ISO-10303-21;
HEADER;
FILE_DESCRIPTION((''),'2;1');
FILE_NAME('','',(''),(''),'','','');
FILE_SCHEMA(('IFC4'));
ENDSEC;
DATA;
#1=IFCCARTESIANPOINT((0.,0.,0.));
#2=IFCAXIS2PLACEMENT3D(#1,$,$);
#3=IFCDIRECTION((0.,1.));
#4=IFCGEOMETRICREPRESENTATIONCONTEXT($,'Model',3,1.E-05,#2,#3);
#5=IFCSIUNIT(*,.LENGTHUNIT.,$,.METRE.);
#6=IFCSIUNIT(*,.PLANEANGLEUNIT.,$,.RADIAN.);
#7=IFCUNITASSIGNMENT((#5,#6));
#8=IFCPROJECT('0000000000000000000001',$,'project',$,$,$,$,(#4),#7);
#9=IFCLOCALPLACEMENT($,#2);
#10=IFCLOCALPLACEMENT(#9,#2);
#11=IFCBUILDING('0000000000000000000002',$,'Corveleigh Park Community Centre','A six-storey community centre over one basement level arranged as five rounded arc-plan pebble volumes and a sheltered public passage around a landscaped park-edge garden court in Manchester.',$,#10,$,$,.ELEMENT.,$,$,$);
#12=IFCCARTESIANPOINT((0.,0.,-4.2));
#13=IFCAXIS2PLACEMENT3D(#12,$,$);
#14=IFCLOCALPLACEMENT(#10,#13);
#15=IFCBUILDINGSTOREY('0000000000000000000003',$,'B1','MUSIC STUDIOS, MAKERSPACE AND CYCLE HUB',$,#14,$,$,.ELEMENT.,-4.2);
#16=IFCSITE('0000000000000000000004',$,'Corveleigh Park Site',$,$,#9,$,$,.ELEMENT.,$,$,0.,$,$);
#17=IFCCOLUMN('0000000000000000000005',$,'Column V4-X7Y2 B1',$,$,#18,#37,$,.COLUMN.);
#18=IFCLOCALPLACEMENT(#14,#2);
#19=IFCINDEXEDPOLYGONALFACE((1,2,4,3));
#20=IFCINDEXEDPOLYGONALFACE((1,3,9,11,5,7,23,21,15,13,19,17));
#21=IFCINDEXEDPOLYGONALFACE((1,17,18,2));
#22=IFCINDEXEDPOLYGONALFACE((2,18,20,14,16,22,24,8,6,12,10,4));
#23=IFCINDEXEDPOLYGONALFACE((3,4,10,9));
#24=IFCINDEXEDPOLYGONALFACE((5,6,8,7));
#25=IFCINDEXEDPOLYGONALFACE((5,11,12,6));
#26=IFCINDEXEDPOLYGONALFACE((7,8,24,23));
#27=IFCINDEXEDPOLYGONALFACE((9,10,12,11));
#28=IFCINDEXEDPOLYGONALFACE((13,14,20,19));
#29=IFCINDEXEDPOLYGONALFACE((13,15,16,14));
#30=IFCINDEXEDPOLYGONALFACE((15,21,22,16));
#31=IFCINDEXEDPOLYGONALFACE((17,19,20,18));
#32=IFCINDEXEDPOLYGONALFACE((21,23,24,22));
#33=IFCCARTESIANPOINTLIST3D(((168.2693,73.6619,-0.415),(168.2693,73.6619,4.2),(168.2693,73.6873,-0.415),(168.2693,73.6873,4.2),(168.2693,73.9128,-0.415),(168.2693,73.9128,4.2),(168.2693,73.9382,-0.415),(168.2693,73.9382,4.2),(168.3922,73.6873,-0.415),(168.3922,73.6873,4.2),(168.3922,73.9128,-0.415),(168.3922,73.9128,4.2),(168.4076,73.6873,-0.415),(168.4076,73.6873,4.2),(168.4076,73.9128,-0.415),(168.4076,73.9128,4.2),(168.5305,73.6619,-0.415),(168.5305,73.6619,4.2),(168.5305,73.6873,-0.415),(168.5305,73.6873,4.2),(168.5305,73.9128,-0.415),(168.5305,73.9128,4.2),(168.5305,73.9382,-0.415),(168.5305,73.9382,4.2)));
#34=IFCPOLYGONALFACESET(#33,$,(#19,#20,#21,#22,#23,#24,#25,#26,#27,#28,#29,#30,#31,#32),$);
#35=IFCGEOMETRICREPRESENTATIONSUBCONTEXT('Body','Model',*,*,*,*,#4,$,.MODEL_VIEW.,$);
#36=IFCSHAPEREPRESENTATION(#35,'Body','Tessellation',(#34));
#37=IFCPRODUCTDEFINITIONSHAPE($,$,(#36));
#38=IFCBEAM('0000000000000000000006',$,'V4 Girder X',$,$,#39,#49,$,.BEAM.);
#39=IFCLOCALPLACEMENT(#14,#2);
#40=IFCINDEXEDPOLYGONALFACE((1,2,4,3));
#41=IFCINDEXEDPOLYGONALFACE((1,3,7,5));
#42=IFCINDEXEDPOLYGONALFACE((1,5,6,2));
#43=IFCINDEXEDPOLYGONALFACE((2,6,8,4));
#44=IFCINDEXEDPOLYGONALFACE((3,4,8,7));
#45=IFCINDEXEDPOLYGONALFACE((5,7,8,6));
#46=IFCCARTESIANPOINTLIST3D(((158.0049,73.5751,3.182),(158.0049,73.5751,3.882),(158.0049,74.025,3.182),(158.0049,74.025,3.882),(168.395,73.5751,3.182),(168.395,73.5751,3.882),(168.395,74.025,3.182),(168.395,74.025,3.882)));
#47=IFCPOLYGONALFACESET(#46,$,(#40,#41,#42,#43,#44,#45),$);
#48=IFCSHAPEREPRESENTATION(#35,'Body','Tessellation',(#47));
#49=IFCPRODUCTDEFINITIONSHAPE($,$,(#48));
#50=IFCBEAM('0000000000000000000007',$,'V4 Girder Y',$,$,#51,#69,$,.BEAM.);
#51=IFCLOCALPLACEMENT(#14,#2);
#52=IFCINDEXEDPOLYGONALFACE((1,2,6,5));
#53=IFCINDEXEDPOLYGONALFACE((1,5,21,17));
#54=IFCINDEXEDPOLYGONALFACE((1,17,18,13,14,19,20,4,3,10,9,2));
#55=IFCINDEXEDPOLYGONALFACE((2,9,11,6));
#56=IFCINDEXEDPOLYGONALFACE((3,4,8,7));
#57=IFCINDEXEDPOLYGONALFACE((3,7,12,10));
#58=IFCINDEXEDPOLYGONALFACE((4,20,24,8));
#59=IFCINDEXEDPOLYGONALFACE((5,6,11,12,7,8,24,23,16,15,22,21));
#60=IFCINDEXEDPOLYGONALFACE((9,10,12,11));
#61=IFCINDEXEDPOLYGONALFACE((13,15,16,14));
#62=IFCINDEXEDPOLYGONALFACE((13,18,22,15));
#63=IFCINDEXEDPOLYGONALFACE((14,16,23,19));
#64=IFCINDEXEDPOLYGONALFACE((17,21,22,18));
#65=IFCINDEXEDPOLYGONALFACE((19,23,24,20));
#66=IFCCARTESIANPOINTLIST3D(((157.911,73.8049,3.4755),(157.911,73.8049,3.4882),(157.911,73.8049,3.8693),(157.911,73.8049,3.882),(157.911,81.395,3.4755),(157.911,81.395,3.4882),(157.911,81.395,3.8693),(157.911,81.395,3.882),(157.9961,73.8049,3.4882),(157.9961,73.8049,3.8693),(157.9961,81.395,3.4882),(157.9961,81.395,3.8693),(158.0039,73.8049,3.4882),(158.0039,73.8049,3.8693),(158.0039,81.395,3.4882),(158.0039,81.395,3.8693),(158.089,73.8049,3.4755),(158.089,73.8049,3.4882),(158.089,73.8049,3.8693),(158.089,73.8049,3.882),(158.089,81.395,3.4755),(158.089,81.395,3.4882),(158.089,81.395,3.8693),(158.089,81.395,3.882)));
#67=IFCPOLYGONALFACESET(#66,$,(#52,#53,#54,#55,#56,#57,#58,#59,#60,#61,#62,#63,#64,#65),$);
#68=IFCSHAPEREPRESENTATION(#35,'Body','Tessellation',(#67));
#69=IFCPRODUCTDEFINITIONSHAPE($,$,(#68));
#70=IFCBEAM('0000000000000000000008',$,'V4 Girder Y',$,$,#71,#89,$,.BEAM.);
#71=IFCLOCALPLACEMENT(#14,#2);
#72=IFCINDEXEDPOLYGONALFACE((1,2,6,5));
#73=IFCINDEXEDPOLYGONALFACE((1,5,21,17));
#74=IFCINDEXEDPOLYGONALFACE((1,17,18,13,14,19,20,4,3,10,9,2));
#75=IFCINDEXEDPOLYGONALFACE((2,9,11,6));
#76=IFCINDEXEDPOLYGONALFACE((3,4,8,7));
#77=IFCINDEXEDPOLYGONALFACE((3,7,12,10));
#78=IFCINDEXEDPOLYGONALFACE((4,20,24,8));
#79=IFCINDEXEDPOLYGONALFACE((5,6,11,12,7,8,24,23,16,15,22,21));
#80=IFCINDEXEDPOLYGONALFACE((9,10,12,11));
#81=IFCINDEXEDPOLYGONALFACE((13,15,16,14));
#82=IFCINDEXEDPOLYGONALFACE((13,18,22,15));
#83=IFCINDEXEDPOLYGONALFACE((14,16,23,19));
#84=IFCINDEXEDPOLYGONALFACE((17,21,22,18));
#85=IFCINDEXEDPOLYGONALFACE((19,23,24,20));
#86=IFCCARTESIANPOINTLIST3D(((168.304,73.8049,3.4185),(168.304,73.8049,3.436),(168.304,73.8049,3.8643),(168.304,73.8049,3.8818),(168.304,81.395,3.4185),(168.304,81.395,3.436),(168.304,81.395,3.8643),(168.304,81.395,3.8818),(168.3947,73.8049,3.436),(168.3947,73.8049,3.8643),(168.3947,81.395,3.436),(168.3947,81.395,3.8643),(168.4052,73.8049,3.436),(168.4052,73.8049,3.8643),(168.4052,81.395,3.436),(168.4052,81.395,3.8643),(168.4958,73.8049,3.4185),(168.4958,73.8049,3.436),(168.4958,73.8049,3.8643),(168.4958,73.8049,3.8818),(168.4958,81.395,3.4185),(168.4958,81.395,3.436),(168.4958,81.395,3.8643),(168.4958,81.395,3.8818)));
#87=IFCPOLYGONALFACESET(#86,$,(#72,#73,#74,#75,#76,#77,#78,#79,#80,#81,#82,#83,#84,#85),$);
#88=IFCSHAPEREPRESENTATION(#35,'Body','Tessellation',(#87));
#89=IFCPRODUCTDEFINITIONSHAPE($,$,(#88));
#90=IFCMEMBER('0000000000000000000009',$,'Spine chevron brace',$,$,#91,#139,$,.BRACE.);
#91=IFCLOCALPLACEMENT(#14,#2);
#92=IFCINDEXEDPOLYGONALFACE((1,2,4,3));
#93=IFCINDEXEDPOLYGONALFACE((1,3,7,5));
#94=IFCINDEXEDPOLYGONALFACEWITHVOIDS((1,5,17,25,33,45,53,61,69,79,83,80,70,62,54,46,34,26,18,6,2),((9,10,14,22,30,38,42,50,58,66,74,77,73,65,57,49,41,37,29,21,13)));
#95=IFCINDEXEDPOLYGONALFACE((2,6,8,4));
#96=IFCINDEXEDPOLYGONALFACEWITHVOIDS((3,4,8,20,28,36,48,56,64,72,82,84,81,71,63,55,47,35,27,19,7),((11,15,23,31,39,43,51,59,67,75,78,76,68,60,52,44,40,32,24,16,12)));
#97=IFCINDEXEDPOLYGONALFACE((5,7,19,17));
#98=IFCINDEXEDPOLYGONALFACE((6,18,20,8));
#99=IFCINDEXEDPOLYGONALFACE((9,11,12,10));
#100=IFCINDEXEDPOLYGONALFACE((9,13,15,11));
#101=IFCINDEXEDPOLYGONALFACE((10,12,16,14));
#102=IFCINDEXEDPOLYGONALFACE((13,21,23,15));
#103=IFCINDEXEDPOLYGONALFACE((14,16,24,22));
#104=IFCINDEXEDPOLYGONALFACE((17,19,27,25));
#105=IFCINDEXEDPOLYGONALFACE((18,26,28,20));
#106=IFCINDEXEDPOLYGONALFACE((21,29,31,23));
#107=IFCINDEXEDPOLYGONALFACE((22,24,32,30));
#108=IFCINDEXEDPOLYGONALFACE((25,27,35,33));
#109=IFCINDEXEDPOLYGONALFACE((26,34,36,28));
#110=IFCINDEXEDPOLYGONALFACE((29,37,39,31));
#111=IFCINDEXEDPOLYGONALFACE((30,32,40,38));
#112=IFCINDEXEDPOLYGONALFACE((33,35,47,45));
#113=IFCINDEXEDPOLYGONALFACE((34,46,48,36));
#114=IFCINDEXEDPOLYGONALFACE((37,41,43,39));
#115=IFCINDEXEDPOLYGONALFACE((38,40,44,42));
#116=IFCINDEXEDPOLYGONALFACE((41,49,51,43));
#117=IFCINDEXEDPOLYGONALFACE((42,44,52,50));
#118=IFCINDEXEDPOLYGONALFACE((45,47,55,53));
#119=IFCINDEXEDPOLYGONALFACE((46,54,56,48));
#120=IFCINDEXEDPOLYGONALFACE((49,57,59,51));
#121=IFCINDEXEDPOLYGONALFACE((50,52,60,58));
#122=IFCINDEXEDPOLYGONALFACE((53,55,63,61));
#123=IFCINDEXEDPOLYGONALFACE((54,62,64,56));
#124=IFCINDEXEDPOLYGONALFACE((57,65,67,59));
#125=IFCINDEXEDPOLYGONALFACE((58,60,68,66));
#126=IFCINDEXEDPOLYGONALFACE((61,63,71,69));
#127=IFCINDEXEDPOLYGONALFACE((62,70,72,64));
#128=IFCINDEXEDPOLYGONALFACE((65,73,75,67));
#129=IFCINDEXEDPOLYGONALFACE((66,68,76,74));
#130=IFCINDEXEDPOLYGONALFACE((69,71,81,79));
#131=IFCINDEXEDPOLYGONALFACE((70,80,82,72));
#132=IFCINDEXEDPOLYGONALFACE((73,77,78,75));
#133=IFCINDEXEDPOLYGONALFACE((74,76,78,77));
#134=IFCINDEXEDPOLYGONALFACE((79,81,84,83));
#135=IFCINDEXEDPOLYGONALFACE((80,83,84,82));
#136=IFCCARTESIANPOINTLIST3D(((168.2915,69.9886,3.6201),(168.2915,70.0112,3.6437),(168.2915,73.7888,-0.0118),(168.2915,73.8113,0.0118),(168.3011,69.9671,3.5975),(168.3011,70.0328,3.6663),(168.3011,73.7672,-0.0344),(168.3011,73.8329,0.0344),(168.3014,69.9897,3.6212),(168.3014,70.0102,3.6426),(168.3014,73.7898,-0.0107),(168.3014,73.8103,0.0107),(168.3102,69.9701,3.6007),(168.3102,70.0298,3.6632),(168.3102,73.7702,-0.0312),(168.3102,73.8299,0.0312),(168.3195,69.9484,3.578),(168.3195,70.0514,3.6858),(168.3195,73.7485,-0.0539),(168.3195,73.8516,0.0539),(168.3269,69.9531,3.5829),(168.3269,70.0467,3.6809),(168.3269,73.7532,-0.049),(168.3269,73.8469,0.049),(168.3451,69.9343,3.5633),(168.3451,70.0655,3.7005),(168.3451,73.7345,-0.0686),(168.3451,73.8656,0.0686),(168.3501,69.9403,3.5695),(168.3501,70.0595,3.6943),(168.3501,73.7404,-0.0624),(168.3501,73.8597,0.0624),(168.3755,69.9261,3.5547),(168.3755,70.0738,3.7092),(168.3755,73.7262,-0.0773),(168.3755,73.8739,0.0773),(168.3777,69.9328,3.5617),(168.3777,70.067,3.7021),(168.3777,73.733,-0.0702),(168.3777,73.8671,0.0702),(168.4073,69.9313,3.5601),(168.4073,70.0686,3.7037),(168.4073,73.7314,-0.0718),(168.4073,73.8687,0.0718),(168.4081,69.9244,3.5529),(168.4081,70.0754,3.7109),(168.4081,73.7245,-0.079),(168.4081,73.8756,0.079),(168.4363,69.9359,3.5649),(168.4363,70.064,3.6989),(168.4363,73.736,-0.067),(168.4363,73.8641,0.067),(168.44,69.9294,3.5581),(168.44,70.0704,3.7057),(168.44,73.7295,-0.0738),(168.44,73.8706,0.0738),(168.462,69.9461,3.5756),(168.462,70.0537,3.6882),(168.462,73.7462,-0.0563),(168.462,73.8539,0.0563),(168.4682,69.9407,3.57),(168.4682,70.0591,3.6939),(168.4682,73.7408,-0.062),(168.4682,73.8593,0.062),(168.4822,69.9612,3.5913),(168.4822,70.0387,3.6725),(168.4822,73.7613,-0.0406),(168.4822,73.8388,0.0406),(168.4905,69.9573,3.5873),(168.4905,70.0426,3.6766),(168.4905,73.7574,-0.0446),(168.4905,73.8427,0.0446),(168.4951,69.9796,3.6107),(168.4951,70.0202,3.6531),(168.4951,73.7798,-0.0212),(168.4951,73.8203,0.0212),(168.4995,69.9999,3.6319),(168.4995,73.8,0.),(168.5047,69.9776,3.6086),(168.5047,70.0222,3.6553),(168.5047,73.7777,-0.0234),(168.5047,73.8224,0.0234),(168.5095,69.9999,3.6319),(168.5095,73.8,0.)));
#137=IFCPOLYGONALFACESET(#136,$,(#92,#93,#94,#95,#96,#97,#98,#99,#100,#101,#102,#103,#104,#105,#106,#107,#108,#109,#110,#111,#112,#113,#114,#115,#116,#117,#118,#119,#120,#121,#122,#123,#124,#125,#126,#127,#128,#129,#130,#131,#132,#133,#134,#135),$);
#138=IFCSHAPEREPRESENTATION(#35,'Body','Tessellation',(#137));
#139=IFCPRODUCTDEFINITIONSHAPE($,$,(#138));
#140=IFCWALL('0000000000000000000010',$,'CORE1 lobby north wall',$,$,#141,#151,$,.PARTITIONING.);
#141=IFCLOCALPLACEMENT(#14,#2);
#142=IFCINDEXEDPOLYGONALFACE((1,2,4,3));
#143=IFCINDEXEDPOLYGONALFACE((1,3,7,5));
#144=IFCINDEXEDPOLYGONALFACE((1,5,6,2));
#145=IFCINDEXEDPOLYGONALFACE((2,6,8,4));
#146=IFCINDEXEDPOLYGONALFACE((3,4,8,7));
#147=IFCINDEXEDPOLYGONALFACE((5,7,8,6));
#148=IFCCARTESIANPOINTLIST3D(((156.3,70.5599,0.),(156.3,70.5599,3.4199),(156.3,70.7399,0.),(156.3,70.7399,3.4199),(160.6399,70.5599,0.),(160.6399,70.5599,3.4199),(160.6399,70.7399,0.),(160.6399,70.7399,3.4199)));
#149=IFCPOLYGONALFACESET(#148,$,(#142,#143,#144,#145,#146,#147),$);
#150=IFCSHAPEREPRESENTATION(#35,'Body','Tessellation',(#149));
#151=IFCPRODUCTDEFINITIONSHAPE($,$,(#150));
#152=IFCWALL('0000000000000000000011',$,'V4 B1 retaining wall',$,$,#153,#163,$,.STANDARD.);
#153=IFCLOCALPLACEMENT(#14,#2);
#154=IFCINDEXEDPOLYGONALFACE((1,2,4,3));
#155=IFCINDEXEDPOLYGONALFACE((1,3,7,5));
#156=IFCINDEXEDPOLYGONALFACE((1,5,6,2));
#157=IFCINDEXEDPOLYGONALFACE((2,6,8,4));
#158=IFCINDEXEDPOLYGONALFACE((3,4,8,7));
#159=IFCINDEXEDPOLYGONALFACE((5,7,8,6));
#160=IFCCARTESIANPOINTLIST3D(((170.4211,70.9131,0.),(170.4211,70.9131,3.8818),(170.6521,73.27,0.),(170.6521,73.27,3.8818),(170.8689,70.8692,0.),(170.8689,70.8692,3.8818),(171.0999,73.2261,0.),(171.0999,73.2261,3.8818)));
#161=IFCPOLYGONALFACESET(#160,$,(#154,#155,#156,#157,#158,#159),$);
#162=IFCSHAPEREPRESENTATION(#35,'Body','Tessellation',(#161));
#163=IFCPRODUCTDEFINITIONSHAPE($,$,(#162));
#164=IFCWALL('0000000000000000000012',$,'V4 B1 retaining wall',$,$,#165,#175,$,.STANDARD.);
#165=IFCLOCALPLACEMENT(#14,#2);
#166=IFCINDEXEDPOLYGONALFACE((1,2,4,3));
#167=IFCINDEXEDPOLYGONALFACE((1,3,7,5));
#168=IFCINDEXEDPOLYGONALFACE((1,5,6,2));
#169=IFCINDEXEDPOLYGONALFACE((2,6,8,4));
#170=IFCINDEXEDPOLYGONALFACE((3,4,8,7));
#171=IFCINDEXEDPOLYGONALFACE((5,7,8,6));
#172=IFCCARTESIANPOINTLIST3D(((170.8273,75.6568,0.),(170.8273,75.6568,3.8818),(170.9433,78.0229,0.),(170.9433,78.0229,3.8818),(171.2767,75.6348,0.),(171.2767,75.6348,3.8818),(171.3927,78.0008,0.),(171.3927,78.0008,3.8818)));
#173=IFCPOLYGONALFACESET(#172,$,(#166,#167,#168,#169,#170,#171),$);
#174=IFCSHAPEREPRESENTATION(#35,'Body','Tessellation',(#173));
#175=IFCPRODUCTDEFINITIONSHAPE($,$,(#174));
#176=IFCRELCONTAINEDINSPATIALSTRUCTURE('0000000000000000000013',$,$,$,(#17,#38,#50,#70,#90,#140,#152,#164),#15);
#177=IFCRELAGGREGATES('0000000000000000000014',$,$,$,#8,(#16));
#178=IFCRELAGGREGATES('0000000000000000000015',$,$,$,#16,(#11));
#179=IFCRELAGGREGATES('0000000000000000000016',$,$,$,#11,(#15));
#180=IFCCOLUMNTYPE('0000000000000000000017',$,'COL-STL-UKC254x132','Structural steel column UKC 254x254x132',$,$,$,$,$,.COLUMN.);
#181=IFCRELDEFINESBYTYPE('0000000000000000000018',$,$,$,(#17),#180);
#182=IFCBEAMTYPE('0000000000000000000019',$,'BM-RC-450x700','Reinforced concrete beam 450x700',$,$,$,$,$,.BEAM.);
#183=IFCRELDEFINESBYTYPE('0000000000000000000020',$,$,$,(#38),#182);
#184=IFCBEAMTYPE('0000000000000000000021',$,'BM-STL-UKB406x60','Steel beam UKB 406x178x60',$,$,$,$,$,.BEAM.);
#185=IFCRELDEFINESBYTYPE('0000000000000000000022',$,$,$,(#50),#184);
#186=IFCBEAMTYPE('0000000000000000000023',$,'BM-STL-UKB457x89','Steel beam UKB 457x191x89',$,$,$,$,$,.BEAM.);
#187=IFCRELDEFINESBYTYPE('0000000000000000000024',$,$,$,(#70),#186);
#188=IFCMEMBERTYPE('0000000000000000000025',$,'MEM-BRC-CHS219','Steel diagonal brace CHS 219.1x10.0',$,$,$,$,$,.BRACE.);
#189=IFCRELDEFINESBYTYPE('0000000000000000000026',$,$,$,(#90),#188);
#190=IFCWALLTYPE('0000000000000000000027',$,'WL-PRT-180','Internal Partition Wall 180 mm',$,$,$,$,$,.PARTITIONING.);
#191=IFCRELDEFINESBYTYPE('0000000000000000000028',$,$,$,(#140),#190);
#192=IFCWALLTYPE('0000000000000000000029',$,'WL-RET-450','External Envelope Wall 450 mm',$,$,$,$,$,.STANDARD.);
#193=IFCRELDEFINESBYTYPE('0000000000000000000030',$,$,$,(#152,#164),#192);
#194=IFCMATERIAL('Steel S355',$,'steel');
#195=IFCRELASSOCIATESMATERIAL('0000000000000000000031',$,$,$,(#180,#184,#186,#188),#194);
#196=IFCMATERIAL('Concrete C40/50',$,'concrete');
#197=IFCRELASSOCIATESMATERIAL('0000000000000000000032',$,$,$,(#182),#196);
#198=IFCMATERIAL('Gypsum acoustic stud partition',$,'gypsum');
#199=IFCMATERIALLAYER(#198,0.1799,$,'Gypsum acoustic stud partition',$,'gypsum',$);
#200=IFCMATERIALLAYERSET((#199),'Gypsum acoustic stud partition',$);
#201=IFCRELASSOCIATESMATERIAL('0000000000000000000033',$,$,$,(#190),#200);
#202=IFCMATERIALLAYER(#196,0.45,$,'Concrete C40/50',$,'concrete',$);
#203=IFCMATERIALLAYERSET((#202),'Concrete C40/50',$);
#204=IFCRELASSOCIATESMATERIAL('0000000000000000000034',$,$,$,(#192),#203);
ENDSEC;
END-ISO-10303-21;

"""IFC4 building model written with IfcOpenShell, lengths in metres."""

from ifc_helpers import new_model, si_unit, direction, frame, frame_2d, origin, origin_2d, place, context, subcontext, project, spatial, rectangle, hollow_circle, i_section, extrude, material, layer, layer_set, material_profile, profile_set, type_object, element, save


model = new_model("IFC4")

# Units and contexts
model_context = context("Model", 3, precision=1e-05, world=origin(), true_north=direction((0.0, 1.0)))
body_context = subcontext(model_context, "Body", "Model", "MODEL_VIEW")
ifc_project = project(units=[si_unit("LENGTHUNIT", "METRE"), si_unit("PLANEANGLEUNIT", "RADIAN")], contexts=[model_context])

# Site, building, storey
site_placement = place(None, origin())
site = spatial("IfcSite", under=ifc_project, at=site_placement, Name="Corveleigh Park Site", CompositionType="ELEMENT", RefElevation=0.0)
building_placement = place(site_placement, origin())
building = spatial("IfcBuilding", under=site, at=building_placement, Name="Corveleigh Park Community Centre", Description="A six-storey community centre over one basement level arranged as five rounded arc-plan pebble volumes and a sheltered public passage around a landscaped park-edge garden court in Manchester.", CompositionType="ELEMENT")
storey_placement = place(building_placement, frame((0.0, 0.0, -4.2)))
storey = spatial("IfcBuildingStorey", under=building, at=storey_placement, Name="B1", Description="MUSIC STUDIOS, MAKERSPACE AND CYCLE HUB", CompositionType="ELEMENT", Elevation=-4.2)

# Shared definitions
ifc_material_1 = material(Name="Concrete C40/50", Category="concrete")

# Column
ifc_material_2 = material(Name="Steel S355", Category="steel")
ifc_material_profile_1 = material_profile(ifc_material_2, i_section(OverallWidth=0.2612, OverallDepth=0.2764, WebThickness=0.0154, FlangeThickness=0.0254, at=origin_2d()), Name="UKC 254x254x132", Category="steel")
ifc_profile_set_1 = profile_set([ifc_material_profile_1], Name="Steel S355")
column_type_1 = type_object("IfcColumnType", Name="COL-STL-UKC254x132", Description="Structural steel column UKC 254x254x132", PredefinedType="COLUMN", material=ifc_profile_set_1)
column_1_placement = place(storey_placement, frame((168.3999, 73.8, -0.415), z_axis=(0.0, 0.0, 1.0), x_axis=(1.0, 0.0, 0.0)))
element("IfcColumn", 1, at=column_1_placement, inside=storey, type_object=column_type_1, Name="Column V4-X7Y2 B1", PredefinedType="COLUMN", context=body_context, shape_type="SweptSolid", body=[
    extrude(i_section(OverallWidth=0.2612, OverallDepth=0.2764, WebThickness=0.0154, FlangeThickness=0.0254, at=origin_2d()), origin(), (0.0, 0.0, 1.0), 4.615),
])

# Beams
ifc_material_profile_2 = material_profile(ifc_material_1, rectangle(XDim=0.45, YDim=0.7, at=origin_2d()), Name="RC-450x700", Category="concrete")
ifc_profile_set_2 = profile_set([ifc_material_profile_2], Name="Concrete C40/50")
beam_type_1 = type_object("IfcBeamType", Name="BM-RC-450x700", Description="Reinforced concrete beam 450x700", PredefinedType="BEAM", material=ifc_profile_set_2)
beam_1_placement = place(storey_placement, frame((158.0049, 73.8, 3.532), z_axis=(1.0, 0.0, 0.0), x_axis=(0.0, 1.0, 0.0)))
element("IfcBeam", 2, at=beam_1_placement, inside=storey, type_object=beam_type_1, Name="V4 Girder X", PredefinedType="BEAM", context=body_context, shape_type="SweptSolid", body=[
    extrude(rectangle(XDim=0.45, YDim=0.7, at=origin_2d()), origin(), (0.0, 0.0, 1.0), 10.3901),
])
ifc_material_profile_3 = material_profile(ifc_material_2, i_section(OverallWidth=0.178, OverallDepth=0.4065, WebThickness=0.0078, FlangeThickness=0.0127, at=origin_2d()), Name="UKB 406x178x60", Category="steel")
ifc_profile_set_3 = profile_set([ifc_material_profile_3], Name="Steel S355")
beam_type_2 = type_object("IfcBeamType", Name="BM-STL-UKB406x60", Description="Steel beam UKB 406x178x60", PredefinedType="BEAM", material=ifc_profile_set_3)
beam_2_placement = place(storey_placement, frame((158.0, 73.8049, 3.6787), z_axis=(0.0, 1.0, 0.0), x_axis=(-1.0, 0.0, 0.0)))
element("IfcBeam", 3, at=beam_2_placement, inside=storey, type_object=beam_type_2, Name="V4 Girder Y", PredefinedType="BEAM", context=body_context, shape_type="SweptSolid", body=[
    extrude(i_section(OverallWidth=0.178, OverallDepth=0.4065, WebThickness=0.0078, FlangeThickness=0.0127, at=origin_2d()), origin(), (0.0, 0.0, 1.0), 7.5901),
])
ifc_material_profile_4 = material_profile(ifc_material_2, i_section(OverallWidth=0.1919, OverallDepth=0.4634, WebThickness=0.0105, FlangeThickness=0.0176, at=origin_2d()), Name="UKB 457x191x89", Category="steel")
ifc_profile_set_4 = profile_set([ifc_material_profile_4], Name="Steel S355")
beam_type_3 = type_object("IfcBeamType", Name="BM-STL-UKB457x89", Description="Steel beam UKB 457x191x89", PredefinedType="BEAM", material=ifc_profile_set_4)
beam_3_placement = place(storey_placement, frame((168.3999, 73.8049, 3.6501), z_axis=(0.0, 1.0, 0.0), x_axis=(-1.0, 0.0, 0.0)))
element("IfcBeam", 4, at=beam_3_placement, inside=storey, type_object=beam_type_3, Name="V4 Girder Y", PredefinedType="BEAM", context=body_context, shape_type="SweptSolid", body=[
    extrude(i_section(OverallWidth=0.1919, OverallDepth=0.4634, WebThickness=0.0105, FlangeThickness=0.0176, at=origin_2d()), origin(), (0.0, 0.0, 1.0), 7.5901),
])

# Member
ifc_material_profile_5 = material_profile(ifc_material_2, hollow_circle(Radius=0.1096, WallThickness=0.01, at=origin_2d()), Name="CHS 219.1x10.0", Category="steel")
ifc_profile_set_5 = profile_set([ifc_material_profile_5], Name="Steel S355")
member_type = type_object("IfcMemberType", Name="MEM-BRC-CHS219", Description="Steel diagonal brace CHS 219.1x10.0", PredefinedType="BRACE", material=ifc_profile_set_5)
member_placement = place(storey_placement, frame((168.3999, 73.8, 0.0), z_axis=(0.0, -0.722926, 0.690925), x_axis=(1.0, 0.0, 0.0)))
element("IfcMember", 5, at=member_placement, inside=storey, type_object=member_type, Name="Spine chevron brace", PredefinedType="BRACE", context=body_context, shape_type="SweptSolid", body=[
    extrude(hollow_circle(Radius=0.1096, WallThickness=0.01, at=origin_2d()), origin(), (0.0, 0.0, 1.0), 5.2566),
])

# Walls
ifc_material_3 = material(Name="Gypsum acoustic stud partition", Category="gypsum")
ifc_layer_1 = layer(ifc_material_3, 0.1799, Name="Gypsum acoustic stud partition", Category="gypsum")
ifc_layer_set_1 = layer_set([ifc_layer_1], Name="Gypsum acoustic stud partition")
wall_type_1 = type_object("IfcWallType", Name="WL-PRT-180", Description="Internal Partition Wall 180 mm", PredefinedType="PARTITIONING", material=ifc_layer_set_1)
wall_1_placement = place(storey_placement, frame((160.6399, 70.6499, 0.0), z_axis=(0.0, 0.0, 1.0), x_axis=(-1.0, 0.0, 0.0)))
element("IfcWall", 6, at=wall_1_placement, inside=storey, type_object=wall_type_1, Name="CORE1 lobby north wall", PredefinedType="PARTITIONING", context=body_context, shape_type="SweptSolid", body=[
    extrude(rectangle(XDim=4.3398, YDim=0.1799, at=frame_2d((2.1699, 0.0))), origin(), (0.0, 0.0, 1.0), 3.4199),
])
ifc_layer_2 = layer(ifc_material_1, 0.45, Name="Concrete C40/50", Category="concrete")
ifc_layer_set_2 = layer_set([ifc_layer_2], Name="Concrete C40/50")
wall_type_2 = type_object("IfcWallType", Name="WL-RET-450", Description="External Envelope Wall 450 mm", PredefinedType="STANDARD", material=ifc_layer_set_2)
wall_2_placement = place(storey_placement, frame((170.876, 73.248, 0.0), z_axis=(0.0, 0.0, 1.0), x_axis=(-0.097523, -0.995233, 0.0)))
element("IfcWall", 7, at=wall_2_placement, inside=storey, type_object=wall_type_2, Name="V4 B1 retaining wall", PredefinedType="STANDARD", context=body_context, shape_type="SweptSolid", body=[
    extrude(rectangle(XDim=2.3682, YDim=0.45, at=frame_2d((1.1841, 0.0))), origin(), (0.0, 0.0, 1.0), 3.8818),
])
wall_3_placement = place(storey_placement, frame((171.168, 78.012, 0.0), z_axis=(0.0, 0.0, 1.0), x_axis=(-0.048956, -0.998801, 0.0)))
element("IfcWall", 8, at=wall_3_placement, inside=storey, type_object=wall_type_2, Name="V4 B1 retaining wall", PredefinedType="STANDARD", context=body_context, shape_type="SweptSolid", body=[
    extrude(rectangle(XDim=2.3689, YDim=0.45, at=frame_2d((1.1846, 0.0))), origin(), (0.0, 0.0, 1.0), 3.8818),
])

save(model, "model.ifc")
